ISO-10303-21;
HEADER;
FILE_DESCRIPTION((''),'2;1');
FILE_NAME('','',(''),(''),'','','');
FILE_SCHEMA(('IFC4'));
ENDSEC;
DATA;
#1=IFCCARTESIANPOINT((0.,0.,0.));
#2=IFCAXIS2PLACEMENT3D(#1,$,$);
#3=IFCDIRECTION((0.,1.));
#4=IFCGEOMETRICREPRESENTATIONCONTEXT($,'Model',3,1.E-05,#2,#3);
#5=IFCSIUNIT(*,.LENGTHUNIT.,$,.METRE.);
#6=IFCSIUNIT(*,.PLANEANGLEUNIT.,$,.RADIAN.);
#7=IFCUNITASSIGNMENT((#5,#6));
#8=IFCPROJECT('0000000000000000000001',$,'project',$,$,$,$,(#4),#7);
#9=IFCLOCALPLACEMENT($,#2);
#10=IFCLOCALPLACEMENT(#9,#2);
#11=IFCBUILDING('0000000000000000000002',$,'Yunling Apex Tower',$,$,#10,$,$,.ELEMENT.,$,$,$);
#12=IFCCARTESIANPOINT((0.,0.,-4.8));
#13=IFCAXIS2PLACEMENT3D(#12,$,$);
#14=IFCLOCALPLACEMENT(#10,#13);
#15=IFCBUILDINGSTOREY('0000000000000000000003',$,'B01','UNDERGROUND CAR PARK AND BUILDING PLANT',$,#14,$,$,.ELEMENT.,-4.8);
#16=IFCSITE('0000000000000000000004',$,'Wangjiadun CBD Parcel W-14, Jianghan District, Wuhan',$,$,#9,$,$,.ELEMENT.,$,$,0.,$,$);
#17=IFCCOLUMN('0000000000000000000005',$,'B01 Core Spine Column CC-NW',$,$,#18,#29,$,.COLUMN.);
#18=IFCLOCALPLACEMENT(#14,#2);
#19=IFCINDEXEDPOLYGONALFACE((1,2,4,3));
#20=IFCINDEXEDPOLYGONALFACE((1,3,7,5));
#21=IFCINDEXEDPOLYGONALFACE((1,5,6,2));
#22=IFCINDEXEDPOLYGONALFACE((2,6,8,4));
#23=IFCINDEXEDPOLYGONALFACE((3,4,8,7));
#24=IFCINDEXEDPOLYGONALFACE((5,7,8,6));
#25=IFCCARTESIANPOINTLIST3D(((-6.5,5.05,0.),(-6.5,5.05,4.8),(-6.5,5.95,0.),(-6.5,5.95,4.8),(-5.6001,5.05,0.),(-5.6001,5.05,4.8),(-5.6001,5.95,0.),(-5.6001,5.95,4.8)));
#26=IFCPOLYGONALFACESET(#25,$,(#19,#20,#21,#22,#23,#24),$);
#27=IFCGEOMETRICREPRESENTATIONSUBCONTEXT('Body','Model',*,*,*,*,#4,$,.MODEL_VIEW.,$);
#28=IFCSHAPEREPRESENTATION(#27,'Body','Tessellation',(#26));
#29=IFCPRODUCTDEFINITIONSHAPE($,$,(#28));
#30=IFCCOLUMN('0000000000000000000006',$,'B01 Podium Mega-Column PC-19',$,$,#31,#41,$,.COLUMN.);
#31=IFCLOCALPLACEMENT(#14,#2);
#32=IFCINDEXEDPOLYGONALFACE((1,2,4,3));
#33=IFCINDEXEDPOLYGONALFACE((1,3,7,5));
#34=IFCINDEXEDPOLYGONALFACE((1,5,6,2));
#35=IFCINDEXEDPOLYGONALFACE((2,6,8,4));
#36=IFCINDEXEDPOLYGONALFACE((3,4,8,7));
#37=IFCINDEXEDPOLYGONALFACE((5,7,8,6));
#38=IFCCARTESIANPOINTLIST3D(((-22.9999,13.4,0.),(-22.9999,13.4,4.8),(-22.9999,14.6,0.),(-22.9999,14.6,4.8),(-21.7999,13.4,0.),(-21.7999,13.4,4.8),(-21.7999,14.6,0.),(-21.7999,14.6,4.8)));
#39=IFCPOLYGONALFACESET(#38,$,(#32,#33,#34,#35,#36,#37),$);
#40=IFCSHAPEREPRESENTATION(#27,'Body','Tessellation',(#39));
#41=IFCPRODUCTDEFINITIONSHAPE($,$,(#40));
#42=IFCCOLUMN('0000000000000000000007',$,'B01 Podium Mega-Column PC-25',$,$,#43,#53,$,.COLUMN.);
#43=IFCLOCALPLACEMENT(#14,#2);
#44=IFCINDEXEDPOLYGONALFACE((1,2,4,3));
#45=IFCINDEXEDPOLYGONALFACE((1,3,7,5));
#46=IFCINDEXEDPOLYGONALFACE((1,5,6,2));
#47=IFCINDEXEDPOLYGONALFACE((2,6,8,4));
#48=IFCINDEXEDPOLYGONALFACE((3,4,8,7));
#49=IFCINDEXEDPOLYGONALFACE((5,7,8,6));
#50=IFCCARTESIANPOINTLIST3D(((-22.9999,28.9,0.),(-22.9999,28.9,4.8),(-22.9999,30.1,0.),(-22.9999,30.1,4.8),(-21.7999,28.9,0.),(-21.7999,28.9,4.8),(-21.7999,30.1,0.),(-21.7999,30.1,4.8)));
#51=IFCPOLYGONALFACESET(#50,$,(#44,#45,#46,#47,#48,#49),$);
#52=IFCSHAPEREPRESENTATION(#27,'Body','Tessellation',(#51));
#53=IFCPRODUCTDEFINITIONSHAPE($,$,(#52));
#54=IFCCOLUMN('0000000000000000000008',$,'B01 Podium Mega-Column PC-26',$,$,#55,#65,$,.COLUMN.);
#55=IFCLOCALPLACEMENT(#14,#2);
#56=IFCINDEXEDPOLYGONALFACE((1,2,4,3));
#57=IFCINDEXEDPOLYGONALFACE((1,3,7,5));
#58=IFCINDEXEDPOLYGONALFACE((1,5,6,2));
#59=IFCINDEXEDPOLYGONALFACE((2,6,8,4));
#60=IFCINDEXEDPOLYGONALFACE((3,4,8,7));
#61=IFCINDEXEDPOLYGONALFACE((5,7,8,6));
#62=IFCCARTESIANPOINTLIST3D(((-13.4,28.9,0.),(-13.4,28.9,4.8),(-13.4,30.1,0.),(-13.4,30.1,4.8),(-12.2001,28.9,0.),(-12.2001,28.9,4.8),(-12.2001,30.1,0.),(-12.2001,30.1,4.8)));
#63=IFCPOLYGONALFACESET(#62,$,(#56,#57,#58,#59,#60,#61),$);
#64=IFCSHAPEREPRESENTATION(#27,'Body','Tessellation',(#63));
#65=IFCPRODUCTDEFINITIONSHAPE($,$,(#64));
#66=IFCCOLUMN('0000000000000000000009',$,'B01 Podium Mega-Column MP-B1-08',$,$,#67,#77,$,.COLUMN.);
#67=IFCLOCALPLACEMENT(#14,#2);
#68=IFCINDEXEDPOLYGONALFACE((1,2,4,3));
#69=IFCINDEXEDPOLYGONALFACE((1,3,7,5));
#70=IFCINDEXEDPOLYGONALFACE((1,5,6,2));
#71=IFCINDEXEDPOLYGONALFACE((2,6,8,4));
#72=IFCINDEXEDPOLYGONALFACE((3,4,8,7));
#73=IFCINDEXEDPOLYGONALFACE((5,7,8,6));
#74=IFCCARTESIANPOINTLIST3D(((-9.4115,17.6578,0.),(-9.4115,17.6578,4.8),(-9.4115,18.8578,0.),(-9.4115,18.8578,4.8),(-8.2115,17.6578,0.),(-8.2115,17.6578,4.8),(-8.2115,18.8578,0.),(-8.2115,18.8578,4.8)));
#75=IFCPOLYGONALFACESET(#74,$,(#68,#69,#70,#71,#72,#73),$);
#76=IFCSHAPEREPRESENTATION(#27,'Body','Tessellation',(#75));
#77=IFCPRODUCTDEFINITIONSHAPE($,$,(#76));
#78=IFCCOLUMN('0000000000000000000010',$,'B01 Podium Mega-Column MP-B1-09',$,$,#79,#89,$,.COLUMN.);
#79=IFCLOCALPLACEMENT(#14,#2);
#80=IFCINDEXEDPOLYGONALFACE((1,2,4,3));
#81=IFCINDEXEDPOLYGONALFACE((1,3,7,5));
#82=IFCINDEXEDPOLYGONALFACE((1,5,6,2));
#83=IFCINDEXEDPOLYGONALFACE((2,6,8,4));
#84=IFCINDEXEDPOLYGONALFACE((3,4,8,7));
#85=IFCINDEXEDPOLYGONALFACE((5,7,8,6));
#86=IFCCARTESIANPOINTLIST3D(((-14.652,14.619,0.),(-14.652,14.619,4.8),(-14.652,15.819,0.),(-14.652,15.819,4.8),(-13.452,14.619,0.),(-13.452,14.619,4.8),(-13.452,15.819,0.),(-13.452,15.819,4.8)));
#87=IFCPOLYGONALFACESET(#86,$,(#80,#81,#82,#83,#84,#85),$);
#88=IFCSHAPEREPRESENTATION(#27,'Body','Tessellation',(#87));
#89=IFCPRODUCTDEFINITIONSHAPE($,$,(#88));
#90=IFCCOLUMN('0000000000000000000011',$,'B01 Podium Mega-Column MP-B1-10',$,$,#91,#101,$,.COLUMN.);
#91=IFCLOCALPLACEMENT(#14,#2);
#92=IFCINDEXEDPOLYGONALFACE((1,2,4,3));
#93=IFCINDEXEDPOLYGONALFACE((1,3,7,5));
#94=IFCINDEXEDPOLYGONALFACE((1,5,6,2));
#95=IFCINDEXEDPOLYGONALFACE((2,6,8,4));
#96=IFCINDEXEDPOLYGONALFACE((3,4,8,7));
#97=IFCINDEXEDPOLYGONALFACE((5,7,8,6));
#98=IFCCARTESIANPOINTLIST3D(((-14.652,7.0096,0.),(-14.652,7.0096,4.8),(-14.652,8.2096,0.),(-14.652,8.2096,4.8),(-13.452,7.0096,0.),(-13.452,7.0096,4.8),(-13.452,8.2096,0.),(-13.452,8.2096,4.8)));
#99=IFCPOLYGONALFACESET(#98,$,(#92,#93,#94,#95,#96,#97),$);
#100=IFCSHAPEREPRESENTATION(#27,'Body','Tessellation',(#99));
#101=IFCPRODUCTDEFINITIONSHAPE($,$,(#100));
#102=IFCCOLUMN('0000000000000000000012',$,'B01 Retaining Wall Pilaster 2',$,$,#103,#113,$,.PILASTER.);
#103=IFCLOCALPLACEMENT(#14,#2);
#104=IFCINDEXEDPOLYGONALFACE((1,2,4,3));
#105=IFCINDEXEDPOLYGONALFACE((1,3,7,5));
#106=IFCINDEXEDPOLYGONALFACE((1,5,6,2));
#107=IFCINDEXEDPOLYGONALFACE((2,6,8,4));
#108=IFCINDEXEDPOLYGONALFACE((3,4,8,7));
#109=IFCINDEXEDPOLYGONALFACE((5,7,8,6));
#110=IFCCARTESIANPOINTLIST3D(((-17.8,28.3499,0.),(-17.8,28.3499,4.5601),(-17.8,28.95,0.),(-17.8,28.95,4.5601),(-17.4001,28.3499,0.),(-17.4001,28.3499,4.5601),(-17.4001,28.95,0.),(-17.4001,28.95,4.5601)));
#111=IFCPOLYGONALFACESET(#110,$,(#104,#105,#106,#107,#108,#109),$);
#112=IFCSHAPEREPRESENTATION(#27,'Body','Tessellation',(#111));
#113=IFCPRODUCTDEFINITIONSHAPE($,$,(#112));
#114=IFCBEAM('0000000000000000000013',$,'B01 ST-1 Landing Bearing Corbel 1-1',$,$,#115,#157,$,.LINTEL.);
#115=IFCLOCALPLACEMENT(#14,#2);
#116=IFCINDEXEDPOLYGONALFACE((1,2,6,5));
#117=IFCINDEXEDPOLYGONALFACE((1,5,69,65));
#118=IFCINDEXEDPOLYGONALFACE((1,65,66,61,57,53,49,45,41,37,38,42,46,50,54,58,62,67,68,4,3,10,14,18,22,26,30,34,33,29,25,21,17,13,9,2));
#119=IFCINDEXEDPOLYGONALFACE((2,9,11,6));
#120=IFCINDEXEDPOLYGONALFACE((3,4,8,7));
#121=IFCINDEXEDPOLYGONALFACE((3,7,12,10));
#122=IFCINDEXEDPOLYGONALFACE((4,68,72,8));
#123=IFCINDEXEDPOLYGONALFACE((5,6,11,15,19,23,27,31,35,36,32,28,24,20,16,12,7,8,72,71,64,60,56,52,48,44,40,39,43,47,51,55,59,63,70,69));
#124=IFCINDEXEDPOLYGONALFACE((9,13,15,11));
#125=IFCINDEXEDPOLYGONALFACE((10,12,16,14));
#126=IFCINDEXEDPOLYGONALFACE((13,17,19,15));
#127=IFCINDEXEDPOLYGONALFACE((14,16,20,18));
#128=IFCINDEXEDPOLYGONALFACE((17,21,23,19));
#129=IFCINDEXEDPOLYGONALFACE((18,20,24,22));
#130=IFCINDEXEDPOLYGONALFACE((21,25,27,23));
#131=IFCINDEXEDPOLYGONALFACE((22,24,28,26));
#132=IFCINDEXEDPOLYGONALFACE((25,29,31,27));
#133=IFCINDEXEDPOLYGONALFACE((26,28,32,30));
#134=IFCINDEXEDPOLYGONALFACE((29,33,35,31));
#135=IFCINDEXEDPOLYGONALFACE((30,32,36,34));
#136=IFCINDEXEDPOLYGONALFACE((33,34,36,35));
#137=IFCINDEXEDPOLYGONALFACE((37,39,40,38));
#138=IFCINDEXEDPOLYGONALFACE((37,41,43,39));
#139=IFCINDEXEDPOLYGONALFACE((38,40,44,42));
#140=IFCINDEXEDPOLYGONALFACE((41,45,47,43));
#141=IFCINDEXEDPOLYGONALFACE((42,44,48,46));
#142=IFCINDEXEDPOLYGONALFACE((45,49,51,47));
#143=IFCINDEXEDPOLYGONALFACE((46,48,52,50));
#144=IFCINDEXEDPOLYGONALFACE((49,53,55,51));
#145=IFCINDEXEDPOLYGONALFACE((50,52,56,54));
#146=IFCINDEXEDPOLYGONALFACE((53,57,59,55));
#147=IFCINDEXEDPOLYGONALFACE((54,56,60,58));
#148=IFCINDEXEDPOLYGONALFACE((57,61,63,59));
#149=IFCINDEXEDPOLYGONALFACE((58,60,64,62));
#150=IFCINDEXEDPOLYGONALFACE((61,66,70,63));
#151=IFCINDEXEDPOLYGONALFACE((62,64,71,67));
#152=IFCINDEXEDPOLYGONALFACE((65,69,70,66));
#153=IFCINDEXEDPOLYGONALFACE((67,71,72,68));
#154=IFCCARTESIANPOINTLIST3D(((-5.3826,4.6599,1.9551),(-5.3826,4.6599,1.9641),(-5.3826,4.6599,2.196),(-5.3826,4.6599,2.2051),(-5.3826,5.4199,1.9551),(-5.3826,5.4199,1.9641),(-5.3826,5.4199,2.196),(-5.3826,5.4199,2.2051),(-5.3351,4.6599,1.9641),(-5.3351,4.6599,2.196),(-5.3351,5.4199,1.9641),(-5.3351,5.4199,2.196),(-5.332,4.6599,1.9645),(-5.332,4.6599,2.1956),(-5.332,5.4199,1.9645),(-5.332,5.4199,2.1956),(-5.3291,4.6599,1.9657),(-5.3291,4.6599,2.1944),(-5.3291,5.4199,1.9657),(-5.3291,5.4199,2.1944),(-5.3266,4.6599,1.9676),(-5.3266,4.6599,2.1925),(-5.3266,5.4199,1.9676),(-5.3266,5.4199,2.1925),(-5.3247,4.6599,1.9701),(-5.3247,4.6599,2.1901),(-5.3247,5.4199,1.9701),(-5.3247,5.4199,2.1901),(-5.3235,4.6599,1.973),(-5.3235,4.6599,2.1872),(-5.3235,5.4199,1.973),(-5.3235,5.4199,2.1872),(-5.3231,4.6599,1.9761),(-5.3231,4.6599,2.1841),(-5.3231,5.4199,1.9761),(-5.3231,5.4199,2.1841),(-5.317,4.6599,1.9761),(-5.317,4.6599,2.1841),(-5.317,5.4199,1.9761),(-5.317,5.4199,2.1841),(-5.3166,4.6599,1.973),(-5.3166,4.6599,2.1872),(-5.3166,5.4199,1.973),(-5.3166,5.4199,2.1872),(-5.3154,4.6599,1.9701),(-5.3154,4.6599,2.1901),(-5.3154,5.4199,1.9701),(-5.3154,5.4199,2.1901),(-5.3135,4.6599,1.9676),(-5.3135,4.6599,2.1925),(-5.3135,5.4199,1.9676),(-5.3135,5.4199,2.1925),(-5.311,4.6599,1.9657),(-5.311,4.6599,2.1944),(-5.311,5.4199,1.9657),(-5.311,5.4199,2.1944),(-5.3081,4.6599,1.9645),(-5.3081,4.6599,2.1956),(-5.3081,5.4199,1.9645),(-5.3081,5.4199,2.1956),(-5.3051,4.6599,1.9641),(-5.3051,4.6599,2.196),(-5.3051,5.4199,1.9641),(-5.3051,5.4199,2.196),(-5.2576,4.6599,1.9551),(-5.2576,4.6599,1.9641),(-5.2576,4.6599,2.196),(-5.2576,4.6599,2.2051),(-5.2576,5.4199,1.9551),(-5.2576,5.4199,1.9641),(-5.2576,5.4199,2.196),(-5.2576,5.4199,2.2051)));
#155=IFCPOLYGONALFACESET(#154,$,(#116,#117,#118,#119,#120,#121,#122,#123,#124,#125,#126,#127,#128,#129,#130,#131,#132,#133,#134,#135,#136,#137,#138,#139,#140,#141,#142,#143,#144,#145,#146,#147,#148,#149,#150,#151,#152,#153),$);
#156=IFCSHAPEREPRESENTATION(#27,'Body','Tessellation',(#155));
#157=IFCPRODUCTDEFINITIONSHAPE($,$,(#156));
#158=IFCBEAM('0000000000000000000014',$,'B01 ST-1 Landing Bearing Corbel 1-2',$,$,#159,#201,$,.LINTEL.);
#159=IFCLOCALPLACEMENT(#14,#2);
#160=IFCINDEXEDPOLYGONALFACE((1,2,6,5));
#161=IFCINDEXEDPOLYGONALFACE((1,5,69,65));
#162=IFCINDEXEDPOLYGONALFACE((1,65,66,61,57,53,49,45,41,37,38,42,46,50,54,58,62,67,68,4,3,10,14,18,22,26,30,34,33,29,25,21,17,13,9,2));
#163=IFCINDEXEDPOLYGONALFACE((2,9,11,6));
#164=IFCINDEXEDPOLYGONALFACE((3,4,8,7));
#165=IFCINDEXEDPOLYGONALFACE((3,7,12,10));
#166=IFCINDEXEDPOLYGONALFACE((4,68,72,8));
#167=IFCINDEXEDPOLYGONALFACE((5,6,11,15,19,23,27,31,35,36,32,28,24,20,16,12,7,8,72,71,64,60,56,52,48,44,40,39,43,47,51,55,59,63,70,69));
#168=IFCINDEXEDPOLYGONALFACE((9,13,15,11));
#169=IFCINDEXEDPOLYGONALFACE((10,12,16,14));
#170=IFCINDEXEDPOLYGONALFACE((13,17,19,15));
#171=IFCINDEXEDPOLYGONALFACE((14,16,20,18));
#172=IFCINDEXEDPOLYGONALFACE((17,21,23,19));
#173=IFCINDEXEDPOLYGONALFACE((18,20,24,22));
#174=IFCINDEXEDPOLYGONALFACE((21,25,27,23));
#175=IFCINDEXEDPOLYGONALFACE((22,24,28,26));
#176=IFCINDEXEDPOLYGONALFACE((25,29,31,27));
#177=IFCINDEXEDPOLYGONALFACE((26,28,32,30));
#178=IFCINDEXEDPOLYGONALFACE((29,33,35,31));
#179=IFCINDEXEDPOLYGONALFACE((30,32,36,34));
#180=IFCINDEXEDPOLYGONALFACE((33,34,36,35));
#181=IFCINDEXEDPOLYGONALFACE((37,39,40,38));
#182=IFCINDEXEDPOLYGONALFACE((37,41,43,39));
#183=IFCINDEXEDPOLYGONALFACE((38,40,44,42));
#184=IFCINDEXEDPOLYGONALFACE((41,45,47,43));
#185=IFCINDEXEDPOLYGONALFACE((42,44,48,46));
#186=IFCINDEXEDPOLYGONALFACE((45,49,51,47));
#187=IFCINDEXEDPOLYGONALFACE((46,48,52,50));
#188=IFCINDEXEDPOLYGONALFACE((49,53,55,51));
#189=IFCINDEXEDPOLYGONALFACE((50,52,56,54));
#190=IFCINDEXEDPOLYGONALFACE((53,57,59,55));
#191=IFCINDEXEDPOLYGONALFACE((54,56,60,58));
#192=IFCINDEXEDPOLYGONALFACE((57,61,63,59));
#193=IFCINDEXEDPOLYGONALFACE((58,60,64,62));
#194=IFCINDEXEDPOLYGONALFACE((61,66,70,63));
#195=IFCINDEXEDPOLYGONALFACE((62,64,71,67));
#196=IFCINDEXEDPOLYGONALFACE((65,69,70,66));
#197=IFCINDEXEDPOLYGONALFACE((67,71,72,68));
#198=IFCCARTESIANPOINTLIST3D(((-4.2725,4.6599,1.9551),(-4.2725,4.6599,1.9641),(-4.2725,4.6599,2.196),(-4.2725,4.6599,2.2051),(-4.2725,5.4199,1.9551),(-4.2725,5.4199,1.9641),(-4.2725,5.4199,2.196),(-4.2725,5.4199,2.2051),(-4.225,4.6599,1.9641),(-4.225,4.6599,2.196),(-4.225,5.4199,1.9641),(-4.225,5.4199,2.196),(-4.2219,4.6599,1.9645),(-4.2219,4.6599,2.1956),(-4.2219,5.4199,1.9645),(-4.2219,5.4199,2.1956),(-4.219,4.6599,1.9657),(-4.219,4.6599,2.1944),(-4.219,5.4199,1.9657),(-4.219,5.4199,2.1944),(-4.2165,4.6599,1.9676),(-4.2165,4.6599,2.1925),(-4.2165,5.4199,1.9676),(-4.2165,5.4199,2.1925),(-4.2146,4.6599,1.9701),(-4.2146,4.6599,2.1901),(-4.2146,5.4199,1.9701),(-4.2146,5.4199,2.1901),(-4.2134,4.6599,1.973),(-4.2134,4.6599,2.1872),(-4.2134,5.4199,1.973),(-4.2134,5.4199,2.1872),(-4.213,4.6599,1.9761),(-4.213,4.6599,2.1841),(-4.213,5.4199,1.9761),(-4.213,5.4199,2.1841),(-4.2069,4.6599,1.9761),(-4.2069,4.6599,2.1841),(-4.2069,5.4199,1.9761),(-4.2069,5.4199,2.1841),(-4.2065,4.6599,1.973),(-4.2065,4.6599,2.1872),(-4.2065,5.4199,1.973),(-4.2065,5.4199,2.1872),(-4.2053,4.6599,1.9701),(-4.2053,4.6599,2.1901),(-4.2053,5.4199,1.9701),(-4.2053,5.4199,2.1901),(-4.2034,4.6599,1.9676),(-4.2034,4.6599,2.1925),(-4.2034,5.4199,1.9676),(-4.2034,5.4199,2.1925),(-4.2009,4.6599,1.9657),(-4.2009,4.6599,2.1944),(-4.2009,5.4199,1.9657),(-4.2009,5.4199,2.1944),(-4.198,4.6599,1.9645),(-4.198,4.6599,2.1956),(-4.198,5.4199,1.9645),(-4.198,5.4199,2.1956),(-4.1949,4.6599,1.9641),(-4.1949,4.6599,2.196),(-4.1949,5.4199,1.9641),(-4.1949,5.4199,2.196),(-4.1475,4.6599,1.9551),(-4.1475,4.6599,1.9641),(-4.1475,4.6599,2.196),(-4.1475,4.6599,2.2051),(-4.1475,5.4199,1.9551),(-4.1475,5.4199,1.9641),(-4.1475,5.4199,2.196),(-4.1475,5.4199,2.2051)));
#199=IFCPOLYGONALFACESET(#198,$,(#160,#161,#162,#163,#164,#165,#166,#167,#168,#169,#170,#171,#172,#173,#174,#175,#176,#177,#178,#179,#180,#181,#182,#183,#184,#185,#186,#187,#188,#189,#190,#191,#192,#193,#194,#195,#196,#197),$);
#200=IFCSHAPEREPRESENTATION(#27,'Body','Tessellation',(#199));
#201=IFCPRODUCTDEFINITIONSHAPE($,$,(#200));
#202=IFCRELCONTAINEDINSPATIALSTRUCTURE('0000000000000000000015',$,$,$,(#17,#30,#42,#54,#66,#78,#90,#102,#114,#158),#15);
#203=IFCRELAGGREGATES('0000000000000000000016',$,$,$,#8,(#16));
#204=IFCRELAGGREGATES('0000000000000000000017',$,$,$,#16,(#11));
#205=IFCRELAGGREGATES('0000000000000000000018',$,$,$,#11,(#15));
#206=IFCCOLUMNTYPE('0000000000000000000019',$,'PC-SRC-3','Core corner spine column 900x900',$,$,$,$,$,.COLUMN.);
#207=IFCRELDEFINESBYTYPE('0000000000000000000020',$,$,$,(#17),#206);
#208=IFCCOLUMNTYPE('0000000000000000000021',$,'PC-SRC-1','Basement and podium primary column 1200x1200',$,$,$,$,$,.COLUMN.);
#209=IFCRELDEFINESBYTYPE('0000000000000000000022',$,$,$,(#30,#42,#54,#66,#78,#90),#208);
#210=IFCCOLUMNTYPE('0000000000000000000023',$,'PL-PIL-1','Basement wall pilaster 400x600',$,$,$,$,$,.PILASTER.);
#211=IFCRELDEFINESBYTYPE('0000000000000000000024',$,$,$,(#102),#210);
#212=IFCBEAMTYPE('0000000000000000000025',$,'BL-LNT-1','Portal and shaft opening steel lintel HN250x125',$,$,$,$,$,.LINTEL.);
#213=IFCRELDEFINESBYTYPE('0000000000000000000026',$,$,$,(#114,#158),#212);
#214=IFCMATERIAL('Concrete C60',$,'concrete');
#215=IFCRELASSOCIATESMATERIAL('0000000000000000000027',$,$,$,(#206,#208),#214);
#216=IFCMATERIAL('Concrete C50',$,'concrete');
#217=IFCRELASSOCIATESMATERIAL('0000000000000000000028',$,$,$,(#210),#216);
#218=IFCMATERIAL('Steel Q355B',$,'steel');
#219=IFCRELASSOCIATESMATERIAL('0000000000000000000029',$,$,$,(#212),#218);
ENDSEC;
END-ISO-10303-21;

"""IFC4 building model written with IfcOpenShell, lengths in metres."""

from ifc_helpers import new_model, si_unit, direction, frame, origin, origin_2d, place, context, subcontext, project, spatial, rectangle, i_section, extrude, source, transform, mapped, material, material_profile, profile_set, type_object, element, save


model = new_model("IFC4")

# Units and contexts
model_context = context("Model", 3, precision=1e-05, world=origin(), true_north=direction((0.0, 1.0)))
body_context = subcontext(model_context, "Body", "Model", "MODEL_VIEW")
ifc_project = project(units=[si_unit("LENGTHUNIT", "METRE"), si_unit("PLANEANGLEUNIT", "RADIAN")], contexts=[model_context])

# Site, building, storey
site_placement = place(None, origin())
site = spatial("IfcSite", under=ifc_project, at=site_placement, Name="Wangjiadun CBD Parcel W-14, Jianghan District, Wuhan", CompositionType="ELEMENT", RefElevation=0.0)
building_placement = place(site_placement, origin())
building = spatial("IfcBuilding", under=site, at=building_placement, Name="Yunling Apex Tower", CompositionType="ELEMENT")
storey_placement = place(building_placement, frame((0.0, 0.0, -4.8)))
storey = spatial("IfcBuildingStorey", under=building, at=storey_placement, Name="B01", Description="UNDERGROUND CAR PARK AND BUILDING PLANT", CompositionType="ELEMENT", Elevation=-4.8)

# Columns
ifc_material_1 = material(Name="Concrete C60", Category="concrete")
ifc_material_profile_1 = material_profile(ifc_material_1, rectangle(XDim=0.8999, YDim=0.8999, at=origin_2d()))
ifc_profile_set_1 = profile_set([ifc_material_profile_1], Name="Concrete C60")
column_type_1 = type_object("IfcColumnType", Name="PC-SRC-3", Description="Core corner spine column 900x900", PredefinedType="COLUMN", material=ifc_profile_set_1)
shared_shape_1 = source(origin(), body_context, "Body", "SweptSolid", [
    extrude(rectangle(XDim=0.8999, YDim=0.8999, at=origin_2d()), origin(), (0.0, 0.0, 1.0), 4.8),
])
column_1_placement = place(storey_placement, frame((-6.05, 5.5, 0.0), z_axis=(0.0, 0.0, 1.0), x_axis=(1.0, 0.0, 0.0)))
element("IfcColumn", 1, at=column_1_placement, inside=storey, type_object=column_type_1, Name="B01 Core Spine Column CC-NW", PredefinedType="COLUMN", context=body_context, shape_type="MappedRepresentation", body=[
    mapped(shared_shape_1, transform((0.0, 0.0, 0.0), scale=1.0)),
])
ifc_material_profile_2 = material_profile(ifc_material_1, rectangle(XDim=1.2, YDim=1.2, at=origin_2d()))
ifc_profile_set_2 = profile_set([ifc_material_profile_2], Name="Concrete C60")
column_type_2 = type_object("IfcColumnType", Name="PC-SRC-1", Description="Basement and podium primary column 1200x1200", PredefinedType="COLUMN", material=ifc_profile_set_2)
shared_shape_2 = source(origin(), body_context, "Body", "SweptSolid", [
    extrude(rectangle(XDim=1.2, YDim=1.2, at=origin_2d()), origin(), (0.0, 0.0, 1.0), 4.8),
])
for number, where, z_axis, x_axis, name in (
    (2, (-22.3999, 14.0, 0.0), (0.0, 0.0, 1.0), (1.0, 0.0, 0.0), "B01 Podium Mega-Column PC-19"),
    (3, (-22.3999, 29.5, 0.0), (0.0, 0.0, 1.0), (1.0, 0.0, 0.0), "B01 Podium Mega-Column PC-25"),
    (4, (-12.8, 29.5, 0.0), (0.0, 0.0, 1.0), (1.0, 0.0, 0.0), "B01 Podium Mega-Column PC-26"),
    (5, (-8.8115, 18.2578, 0.0), (0.0, 0.0, 1.0), (1.0, 0.0, 0.0), "B01 Podium Mega-Column MP-B1-08"),
    (6, (-14.052, 15.219, 0.0), (0.0, 0.0, 1.0), (1.0, 0.0, 0.0), "B01 Podium Mega-Column MP-B1-09"),
    (7, (-14.052, 7.6096, 0.0), (0.0, 0.0, 1.0), (1.0, 0.0, 0.0), "B01 Podium Mega-Column MP-B1-10"),
):
    element("IfcColumn", number, at=place(storey_placement, frame(where, z_axis=z_axis, x_axis=x_axis)), inside=storey, type_object=column_type_2, Name=name, PredefinedType="COLUMN", context=body_context, shape_type="MappedRepresentation", body=[
        mapped(shared_shape_2, transform((0.0, 0.0, 0.0), scale=1.0)),
    ])
ifc_material_2 = material(Name="Concrete C50", Category="concrete")
ifc_material_profile_3 = material_profile(ifc_material_2, rectangle(XDim=0.3999, YDim=0.6001, at=origin_2d()))
ifc_profile_set_3 = profile_set([ifc_material_profile_3], Name="Concrete C50")
column_type_3 = type_object("IfcColumnType", Name="PL-PIL-1", Description="Basement wall pilaster 400x600", PredefinedType="PILASTER", material=ifc_profile_set_3)
shared_shape_3 = source(origin(), body_context, "Body", "SweptSolid", [
    extrude(rectangle(XDim=0.3999, YDim=0.6001, at=origin_2d()), origin(), (0.0, 0.0, 1.0), 4.5601),
])
column_2_placement = place(storey_placement, frame((-17.6001, 28.6499, 0.0), z_axis=(0.0, 0.0, 1.0), x_axis=(1.0, 0.0, 0.0)))
element("IfcColumn", 8, at=column_2_placement, inside=storey, type_object=column_type_3, Name="B01 Retaining Wall Pilaster 2", PredefinedType="PILASTER", context=body_context, shape_type="MappedRepresentation", body=[
    mapped(shared_shape_3, transform((0.0, 0.0, 0.0), scale=1.0)),
])

# Beams
ifc_material_3 = material(Name="Steel Q355B", Category="steel")
ifc_material_profile_4 = material_profile(ifc_material_3, i_section(OverallWidth=0.125, OverallDepth=0.25, WebThickness=0.0061, FlangeThickness=0.009, FilletRadius=0.012, at=origin_2d()))
ifc_profile_set_4 = profile_set([ifc_material_profile_4], Name="Steel Q355B")
beam_type_1 = type_object("IfcBeamType", Name="BL-LNT-1", Description="Portal and shaft opening steel lintel HN250x125", PredefinedType="LINTEL", material=ifc_profile_set_4)
shared_shape_4 = source(origin(), body_context, "Body", "SweptSolid", [
    extrude(i_section(OverallWidth=0.125, OverallDepth=0.25, WebThickness=0.0061, FlangeThickness=0.009, FilletRadius=0.012, at=origin_2d()), origin(), (0.0, 0.0, 1.0), 0.76),
])
for number, where, z_axis, x_axis, name in (
    (9, (-5.3201, 5.4199, 2.0801), (0.0, -1.0, 0.0), (1.0, 0.0, 0.0), "B01 ST-1 Landing Bearing Corbel 1-1"),
    (10, (-4.21, 5.4199, 2.0801), (0.0, -1.0, 0.0), (1.0, 0.0, 0.0), "B01 ST-1 Landing Bearing Corbel 1-2"),
):
    element("IfcBeam", number, at=place(storey_placement, frame(where, z_axis=z_axis, x_axis=x_axis)), inside=storey, type_object=beam_type_1, Name=name, PredefinedType="LINTEL", context=body_context, shape_type="MappedRepresentation", body=[
        mapped(shared_shape_4, transform((0.0, 0.0, 0.0), scale=1.0)),
    ])

save(model, "model.ifc")
